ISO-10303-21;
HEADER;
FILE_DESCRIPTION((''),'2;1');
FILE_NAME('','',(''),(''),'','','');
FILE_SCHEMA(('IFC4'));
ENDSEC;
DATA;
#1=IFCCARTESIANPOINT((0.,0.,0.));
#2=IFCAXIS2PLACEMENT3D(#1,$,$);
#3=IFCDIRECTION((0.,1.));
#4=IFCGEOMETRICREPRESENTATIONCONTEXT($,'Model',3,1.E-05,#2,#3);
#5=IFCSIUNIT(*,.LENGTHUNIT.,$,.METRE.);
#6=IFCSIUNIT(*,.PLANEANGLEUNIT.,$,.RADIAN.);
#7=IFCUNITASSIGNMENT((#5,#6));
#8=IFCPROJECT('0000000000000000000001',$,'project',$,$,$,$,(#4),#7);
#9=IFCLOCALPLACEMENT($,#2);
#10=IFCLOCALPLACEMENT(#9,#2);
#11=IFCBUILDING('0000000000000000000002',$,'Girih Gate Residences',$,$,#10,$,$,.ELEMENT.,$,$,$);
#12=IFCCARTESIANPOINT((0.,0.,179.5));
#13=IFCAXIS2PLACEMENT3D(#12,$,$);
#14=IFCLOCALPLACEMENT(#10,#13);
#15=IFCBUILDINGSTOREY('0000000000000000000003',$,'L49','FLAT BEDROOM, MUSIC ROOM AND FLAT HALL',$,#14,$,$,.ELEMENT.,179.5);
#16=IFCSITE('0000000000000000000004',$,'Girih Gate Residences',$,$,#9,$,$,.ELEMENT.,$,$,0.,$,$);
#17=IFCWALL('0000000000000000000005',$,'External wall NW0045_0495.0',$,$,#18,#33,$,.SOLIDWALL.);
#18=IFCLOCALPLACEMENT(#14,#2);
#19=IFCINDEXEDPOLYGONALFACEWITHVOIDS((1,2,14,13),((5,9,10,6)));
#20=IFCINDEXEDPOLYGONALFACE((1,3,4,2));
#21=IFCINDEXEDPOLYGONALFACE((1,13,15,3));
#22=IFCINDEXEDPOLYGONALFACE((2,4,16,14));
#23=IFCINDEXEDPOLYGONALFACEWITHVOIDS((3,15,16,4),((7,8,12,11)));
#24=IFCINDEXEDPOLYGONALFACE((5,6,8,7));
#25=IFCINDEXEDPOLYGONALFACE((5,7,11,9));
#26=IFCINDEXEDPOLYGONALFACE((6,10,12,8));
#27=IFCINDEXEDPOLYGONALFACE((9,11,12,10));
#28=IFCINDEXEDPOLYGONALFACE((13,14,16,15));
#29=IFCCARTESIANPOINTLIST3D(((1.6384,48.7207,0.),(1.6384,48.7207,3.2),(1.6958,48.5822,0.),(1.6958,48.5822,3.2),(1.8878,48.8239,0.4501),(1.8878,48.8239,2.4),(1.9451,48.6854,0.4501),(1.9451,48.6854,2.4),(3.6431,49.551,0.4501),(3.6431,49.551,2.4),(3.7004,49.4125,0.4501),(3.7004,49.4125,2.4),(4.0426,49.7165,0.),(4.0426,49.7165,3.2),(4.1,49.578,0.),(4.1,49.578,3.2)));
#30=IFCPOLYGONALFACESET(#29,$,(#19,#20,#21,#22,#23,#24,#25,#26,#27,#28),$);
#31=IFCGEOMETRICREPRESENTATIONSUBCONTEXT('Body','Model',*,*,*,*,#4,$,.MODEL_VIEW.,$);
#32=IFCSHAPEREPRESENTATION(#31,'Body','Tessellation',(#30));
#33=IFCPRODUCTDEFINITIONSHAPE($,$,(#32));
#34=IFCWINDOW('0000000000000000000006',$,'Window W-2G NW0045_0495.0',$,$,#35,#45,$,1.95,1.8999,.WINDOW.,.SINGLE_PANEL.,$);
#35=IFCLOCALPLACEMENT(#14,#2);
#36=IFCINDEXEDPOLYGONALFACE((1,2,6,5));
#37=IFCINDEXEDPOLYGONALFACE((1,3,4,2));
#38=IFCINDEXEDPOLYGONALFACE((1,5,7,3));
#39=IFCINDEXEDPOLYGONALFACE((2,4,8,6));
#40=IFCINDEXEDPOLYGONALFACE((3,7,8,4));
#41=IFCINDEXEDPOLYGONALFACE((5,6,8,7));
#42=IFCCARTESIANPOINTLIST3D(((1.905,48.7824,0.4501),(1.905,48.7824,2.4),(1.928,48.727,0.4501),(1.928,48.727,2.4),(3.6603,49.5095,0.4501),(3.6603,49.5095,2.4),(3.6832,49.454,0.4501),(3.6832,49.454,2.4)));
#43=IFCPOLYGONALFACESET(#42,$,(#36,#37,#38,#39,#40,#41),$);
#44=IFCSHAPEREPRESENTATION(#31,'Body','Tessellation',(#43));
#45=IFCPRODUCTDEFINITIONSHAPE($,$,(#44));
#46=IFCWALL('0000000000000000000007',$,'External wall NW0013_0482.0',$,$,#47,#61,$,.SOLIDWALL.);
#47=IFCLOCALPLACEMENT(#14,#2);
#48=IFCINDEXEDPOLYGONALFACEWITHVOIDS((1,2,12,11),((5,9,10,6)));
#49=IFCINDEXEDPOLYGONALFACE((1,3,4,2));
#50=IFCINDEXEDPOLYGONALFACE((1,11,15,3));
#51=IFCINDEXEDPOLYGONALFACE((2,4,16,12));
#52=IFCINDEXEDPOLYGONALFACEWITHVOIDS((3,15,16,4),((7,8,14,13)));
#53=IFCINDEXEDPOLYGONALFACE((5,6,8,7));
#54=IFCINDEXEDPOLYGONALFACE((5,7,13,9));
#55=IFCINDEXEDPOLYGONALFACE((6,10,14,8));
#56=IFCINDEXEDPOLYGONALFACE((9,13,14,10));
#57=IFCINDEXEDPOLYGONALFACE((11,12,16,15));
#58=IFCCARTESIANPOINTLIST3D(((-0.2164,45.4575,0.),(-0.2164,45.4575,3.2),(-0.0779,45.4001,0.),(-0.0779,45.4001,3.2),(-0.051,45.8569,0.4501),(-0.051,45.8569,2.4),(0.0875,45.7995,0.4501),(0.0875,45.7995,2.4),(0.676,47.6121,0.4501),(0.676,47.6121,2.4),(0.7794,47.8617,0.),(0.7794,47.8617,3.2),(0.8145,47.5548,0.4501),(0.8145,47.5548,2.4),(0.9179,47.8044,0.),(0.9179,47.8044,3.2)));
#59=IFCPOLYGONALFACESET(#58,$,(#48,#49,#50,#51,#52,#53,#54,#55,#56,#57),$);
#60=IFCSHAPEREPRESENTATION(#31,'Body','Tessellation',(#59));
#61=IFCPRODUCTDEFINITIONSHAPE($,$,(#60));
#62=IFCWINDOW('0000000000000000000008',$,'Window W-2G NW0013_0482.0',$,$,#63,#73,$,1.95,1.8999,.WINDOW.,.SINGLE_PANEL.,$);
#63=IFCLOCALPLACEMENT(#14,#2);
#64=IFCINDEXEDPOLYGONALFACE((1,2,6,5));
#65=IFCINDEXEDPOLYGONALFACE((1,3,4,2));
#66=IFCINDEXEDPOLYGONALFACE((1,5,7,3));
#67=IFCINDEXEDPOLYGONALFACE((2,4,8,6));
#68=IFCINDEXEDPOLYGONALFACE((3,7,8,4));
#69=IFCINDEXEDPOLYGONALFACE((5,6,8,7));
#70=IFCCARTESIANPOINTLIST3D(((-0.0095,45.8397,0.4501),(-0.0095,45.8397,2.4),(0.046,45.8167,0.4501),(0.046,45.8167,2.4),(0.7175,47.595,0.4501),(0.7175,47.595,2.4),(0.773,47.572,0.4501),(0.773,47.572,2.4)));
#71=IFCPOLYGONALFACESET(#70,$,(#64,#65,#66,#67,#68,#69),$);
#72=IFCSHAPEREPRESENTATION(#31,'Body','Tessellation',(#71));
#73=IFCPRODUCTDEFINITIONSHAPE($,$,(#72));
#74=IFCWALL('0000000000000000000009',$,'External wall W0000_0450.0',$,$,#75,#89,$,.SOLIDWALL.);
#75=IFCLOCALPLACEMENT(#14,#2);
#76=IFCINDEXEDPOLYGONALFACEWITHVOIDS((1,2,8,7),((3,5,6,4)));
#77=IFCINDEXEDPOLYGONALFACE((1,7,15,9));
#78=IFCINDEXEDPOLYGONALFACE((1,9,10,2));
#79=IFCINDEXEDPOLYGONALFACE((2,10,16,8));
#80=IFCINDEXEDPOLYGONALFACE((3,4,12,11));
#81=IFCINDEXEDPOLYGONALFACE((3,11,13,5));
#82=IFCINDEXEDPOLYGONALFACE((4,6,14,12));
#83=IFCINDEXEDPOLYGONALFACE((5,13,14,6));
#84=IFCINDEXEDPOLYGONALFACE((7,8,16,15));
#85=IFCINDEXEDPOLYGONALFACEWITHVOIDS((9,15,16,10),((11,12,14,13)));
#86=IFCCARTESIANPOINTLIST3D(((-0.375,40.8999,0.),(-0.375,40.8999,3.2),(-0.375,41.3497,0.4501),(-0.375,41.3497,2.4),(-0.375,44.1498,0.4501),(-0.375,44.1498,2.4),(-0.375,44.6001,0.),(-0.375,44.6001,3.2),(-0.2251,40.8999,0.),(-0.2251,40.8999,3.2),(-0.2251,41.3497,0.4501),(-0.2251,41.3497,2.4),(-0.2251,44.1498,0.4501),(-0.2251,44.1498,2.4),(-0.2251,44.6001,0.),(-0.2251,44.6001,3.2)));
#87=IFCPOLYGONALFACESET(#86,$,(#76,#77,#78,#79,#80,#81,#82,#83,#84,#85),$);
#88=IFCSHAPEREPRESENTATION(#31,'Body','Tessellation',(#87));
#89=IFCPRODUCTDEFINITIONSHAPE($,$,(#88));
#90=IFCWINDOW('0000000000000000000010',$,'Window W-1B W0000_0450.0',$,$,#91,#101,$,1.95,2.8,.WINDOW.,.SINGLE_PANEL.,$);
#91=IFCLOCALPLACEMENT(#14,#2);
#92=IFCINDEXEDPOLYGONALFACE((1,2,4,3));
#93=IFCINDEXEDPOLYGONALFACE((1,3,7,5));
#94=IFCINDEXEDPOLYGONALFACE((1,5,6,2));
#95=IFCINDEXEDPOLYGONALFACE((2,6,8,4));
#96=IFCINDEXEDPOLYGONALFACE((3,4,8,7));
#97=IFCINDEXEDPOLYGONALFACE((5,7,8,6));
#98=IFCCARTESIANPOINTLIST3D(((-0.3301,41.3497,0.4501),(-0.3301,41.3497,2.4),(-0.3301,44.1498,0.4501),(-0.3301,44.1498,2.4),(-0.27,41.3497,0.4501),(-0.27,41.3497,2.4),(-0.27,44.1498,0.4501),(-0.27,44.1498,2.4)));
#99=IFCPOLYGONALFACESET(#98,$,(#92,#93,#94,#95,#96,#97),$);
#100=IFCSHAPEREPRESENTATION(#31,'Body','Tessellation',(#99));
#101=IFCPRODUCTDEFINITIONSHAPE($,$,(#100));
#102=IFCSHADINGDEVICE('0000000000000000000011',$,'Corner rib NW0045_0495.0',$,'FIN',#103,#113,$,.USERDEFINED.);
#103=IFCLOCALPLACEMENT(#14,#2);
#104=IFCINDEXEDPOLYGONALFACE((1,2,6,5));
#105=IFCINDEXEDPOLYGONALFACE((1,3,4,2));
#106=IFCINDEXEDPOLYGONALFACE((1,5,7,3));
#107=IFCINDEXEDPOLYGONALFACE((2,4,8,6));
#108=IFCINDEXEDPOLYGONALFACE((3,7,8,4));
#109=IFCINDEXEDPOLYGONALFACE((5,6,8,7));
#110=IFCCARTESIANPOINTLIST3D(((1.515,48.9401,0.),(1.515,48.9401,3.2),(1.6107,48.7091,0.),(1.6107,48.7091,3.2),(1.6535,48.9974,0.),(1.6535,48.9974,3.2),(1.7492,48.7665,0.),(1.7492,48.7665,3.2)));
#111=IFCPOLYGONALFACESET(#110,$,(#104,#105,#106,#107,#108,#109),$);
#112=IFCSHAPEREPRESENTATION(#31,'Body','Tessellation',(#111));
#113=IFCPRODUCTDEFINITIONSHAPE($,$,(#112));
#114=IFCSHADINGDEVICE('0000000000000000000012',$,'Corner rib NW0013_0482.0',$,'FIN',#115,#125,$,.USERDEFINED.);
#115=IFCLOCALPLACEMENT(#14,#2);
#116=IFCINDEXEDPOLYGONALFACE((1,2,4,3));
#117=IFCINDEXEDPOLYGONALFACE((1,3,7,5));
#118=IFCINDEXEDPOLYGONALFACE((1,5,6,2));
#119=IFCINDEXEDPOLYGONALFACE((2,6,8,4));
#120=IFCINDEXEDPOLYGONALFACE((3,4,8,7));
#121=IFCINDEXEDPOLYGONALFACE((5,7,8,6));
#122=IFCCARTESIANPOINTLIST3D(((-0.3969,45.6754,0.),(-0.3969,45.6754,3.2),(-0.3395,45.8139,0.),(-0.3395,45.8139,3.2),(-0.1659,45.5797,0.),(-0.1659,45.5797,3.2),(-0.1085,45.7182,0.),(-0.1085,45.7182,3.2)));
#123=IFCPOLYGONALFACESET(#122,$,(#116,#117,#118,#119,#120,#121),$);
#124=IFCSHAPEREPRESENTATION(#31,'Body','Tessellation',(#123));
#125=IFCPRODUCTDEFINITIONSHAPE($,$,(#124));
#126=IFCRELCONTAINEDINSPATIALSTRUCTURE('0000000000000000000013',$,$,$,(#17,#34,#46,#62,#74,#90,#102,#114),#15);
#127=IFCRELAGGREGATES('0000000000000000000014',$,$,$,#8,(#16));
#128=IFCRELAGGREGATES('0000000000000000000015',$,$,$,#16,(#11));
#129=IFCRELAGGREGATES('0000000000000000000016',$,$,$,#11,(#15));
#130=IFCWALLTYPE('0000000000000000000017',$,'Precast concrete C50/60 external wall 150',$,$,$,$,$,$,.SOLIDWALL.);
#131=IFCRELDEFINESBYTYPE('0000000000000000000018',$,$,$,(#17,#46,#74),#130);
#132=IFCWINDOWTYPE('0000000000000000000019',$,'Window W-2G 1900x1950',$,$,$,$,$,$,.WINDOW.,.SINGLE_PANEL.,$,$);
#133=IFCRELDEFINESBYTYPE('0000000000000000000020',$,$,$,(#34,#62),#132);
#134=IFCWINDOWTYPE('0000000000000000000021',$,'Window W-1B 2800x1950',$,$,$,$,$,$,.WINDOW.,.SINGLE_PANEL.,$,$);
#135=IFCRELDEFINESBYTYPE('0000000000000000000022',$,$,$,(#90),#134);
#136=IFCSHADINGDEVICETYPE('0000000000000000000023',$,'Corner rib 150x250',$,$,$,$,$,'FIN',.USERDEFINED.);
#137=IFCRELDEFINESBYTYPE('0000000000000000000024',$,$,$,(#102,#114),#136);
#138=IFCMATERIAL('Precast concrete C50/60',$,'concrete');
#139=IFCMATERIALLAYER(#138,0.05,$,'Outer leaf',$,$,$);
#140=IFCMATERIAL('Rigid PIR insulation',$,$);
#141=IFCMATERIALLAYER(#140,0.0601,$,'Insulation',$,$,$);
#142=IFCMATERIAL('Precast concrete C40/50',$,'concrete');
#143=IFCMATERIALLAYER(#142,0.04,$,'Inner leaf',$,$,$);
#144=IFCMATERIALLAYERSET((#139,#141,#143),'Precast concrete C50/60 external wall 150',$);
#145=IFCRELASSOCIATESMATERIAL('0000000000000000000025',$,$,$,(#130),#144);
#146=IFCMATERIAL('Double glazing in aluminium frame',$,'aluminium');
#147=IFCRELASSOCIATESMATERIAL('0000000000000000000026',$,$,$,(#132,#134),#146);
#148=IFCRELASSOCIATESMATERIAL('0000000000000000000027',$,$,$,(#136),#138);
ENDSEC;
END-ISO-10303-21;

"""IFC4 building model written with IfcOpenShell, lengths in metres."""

from ifc_helpers import new_model, si_unit, direction, frame, frame_2d, origin, origin_2d, place, context, subcontext, project, spatial, rectangle, extrude, material, layer, layer_set, type_object, element, fill, save


model = new_model("IFC4")

# Units and contexts
model_context = context("Model", 3, precision=1e-05, world=origin(), true_north=direction((0.0, 1.0)))
body_context = subcontext(model_context, "Body", "Model", "MODEL_VIEW")
ifc_project = project(units=[si_unit("LENGTHUNIT", "METRE"), si_unit("PLANEANGLEUNIT", "RADIAN")], contexts=[model_context])

# Site, building, storey
site_placement = place(None, origin())
site = spatial("IfcSite", under=ifc_project, at=site_placement, Name="Girih Gate Residences", CompositionType="ELEMENT", RefElevation=0.0)
building_placement = place(site_placement, origin())
building = spatial("IfcBuilding", under=site, at=building_placement, Name="Girih Gate Residences", CompositionType="ELEMENT")
storey_placement = place(building_placement, frame((0.0, 0.0, 179.5)))
storey = spatial("IfcBuildingStorey", under=building, at=storey_placement, Name="L49", Description="FLAT BEDROOM, MUSIC ROOM AND FLAT HALL", CompositionType="ELEMENT", Elevation=179.5)

# Walls, openings, windows
ifc_material_1 = material(Name="Precast concrete C50/60", Category="concrete")
ifc_layer_1 = layer(ifc_material_1, 0.05, Name="Outer leaf")
ifc_material_2 = material(Name="Rigid PIR insulation")
ifc_layer_2 = layer(ifc_material_2, 0.0601, Name="Insulation")
ifc_material_3 = material(Name="Precast concrete C40/50", Category="concrete")
ifc_layer_3 = layer(ifc_material_3, 0.04, Name="Inner leaf")
ifc_layer_set_1 = layer_set([ifc_layer_1, ifc_layer_2, ifc_layer_3], Name="Precast concrete C50/60 external wall 150")
wall_type_1 = type_object("IfcWallType", Name="Precast concrete C50/60 external wall 150", PredefinedType="SOLIDWALL", material=ifc_layer_set_1)
wall_1_placement = place(storey_placement, frame((1.667, 48.6514, 0.0), z_axis=(0.0, 0.0, 1.0), x_axis=(0.923885, 0.382669, 0.0)))
wall_1 = element("IfcWall", 1, at=wall_1_placement, inside=storey, type_object=wall_type_1, Name="External wall NW0045_0495.0", PredefinedType="SOLIDWALL", context=body_context, shape_type="SweptSolid", body=[
    extrude(rectangle(XDim=2.6023, YDim=0.1499, at=frame_2d((1.3013, 0.0))), origin(), (0.0, 0.0, 1.0), 3.2),
])
opening_1_placement = place(wall_1_placement, frame((0.27, 0.0, 0.45)))
opening_1 = element("IfcOpeningElement", 2, at=opening_1_placement, cuts=wall_1, PredefinedType="OPENING", context=body_context, shape_type="SweptSolid", body=[
    extrude(rectangle(XDim=1.8999, YDim=1.95, at=frame_2d((0.95, 0.9751))), frame((0.0, 0.085, 0.0), z_axis=(0.0, -1.0, 0.0), x_axis=(1.0, 0.0, 0.0)), (0.0, 0.0, 1.0), 0.1699),
])
ifc_material_4 = material(Name="Double glazing in aluminium frame", Category="aluminium")
window_type_1 = type_object("IfcWindowType", Name="Window W-2G 1900x1950", PartitioningType="SINGLE_PANEL", PredefinedType="WINDOW", material=ifc_material_4)
window_1_placement = place(opening_1_placement, origin())
window_1 = element("IfcWindow", 3, at=window_1_placement, inside=storey, type_object=window_type_1, Name="Window W-2G NW0045_0495.0", OverallHeight=1.95, OverallWidth=1.8999, PartitioningType="SINGLE_PANEL", PredefinedType="WINDOW", context=body_context, shape_type="SweptSolid", body=[
    extrude(rectangle(XDim=1.8999, YDim=1.95, at=frame_2d((0.95, 0.9751))), frame((0.0, 0.03, 0.0), z_axis=(0.0, -1.0, 0.0), x_axis=(1.0, 0.0, 0.0)), (0.0, 0.0, 1.0), 0.0601),
])
fill(opening_1, window_1)
wall_2_placement = place(storey_placement, frame((-0.1472, 45.4287, 0.0), z_axis=(0.0, 0.0, 1.0), x_axis=(0.382669, 0.923885, 0.0)))
wall_2 = element("IfcWall", 4, at=wall_2_placement, inside=storey, type_object=wall_type_1, Name="External wall NW0013_0482.0", PredefinedType="SOLIDWALL", context=body_context, shape_type="SweptSolid", body=[
    extrude(rectangle(XDim=2.6023, YDim=0.1499, at=frame_2d((1.3013, 0.0))), origin(), (0.0, 0.0, 1.0), 3.2),
])
opening_2_placement = place(wall_2_placement, frame((0.4324, 0.0, 0.45)))
opening_2 = element("IfcOpeningElement", 5, at=opening_2_placement, cuts=wall_2, PredefinedType="OPENING", context=body_context, shape_type="SweptSolid", body=[
    extrude(rectangle(XDim=1.8999, YDim=1.95, at=frame_2d((0.95, 0.9751))), frame((0.0, 0.085, 0.0), z_axis=(0.0, -1.0, 0.0), x_axis=(1.0, 0.0, 0.0)), (0.0, 0.0, 1.0), 0.1699),
])
window_2_placement = place(opening_2_placement, origin())
window_2 = element("IfcWindow", 6, at=window_2_placement, inside=storey, type_object=window_type_1, Name="Window W-2G NW0013_0482.0", OverallHeight=1.95, OverallWidth=1.8999, PartitioningType="SINGLE_PANEL", PredefinedType="WINDOW", context=body_context, shape_type="SweptSolid", body=[
    extrude(rectangle(XDim=1.8999, YDim=1.95, at=frame_2d((0.95, 0.9751))), frame((0.0, 0.03, 0.0), z_axis=(0.0, -1.0, 0.0), x_axis=(1.0, 0.0, 0.0)), (0.0, 0.0, 1.0), 0.0601),
])
fill(opening_2, window_2)
wall_3_placement = place(storey_placement, frame((-0.3, 40.8999, 0.0), z_axis=(0.0, 0.0, 1.0), x_axis=(0.0, 1.0, 0.0)))
wall_3 = element("IfcWall", 7, at=wall_3_placement, inside=storey, type_object=wall_type_1, Name="External wall W0000_0450.0", PredefinedType="SOLIDWALL", context=body_context, shape_type="SweptSolid", body=[
    extrude(rectangle(XDim=3.7002, YDim=0.1499, at=frame_2d((1.8501, 0.0))), origin(), (0.0, 0.0, 1.0), 3.2),
])
opening_3_placement = place(wall_3_placement, frame((0.45, 0.0, 0.45)))
opening_3 = element("IfcOpeningElement", 8, at=opening_3_placement, cuts=wall_3, PredefinedType="OPENING", context=body_context, shape_type="SweptSolid", body=[
    extrude(rectangle(XDim=2.8, YDim=1.95, at=frame_2d((1.3999, 0.9751))), frame((0.0, 0.085, 0.0), z_axis=(0.0, -1.0, 0.0), x_axis=(1.0, 0.0, 0.0)), (0.0, 0.0, 1.0), 0.1699),
])
window_type_2 = type_object("IfcWindowType", Name="Window W-1B 2800x1950", PartitioningType="SINGLE_PANEL", PredefinedType="WINDOW", material=ifc_material_4)
window_3_placement = place(opening_3_placement, origin())
window_3 = element("IfcWindow", 9, at=window_3_placement, inside=storey, type_object=window_type_2, Name="Window W-1B W0000_0450.0", OverallHeight=1.95, OverallWidth=2.8, PartitioningType="SINGLE_PANEL", PredefinedType="WINDOW", context=body_context, shape_type="SweptSolid", body=[
    extrude(rectangle(XDim=2.8, YDim=1.95, at=frame_2d((1.3999, 0.9751))), frame((0.0, 0.03, 0.0), z_axis=(0.0, -1.0, 0.0), x_axis=(1.0, 0.0, 0.0)), (0.0, 0.0, 1.0), 0.0601),
])
fill(opening_3, window_3)

# Shading devices
shading_device_type = type_object("IfcShadingDeviceType", Name="Corner rib 150x250", ElementType="FIN", PredefinedType="USERDEFINED", material=ifc_material_1)
for number, where, z_axis, x_axis, name in (
    (10, (1.6321, 48.8533, 0.0), (0.0, 0.0, 1.0), (-0.92388, -0.382683, 0.0), "Corner rib NW0045_0495.0"),
    (11, (-0.2527, 45.6968, 0.0), (0.0, 0.0, 1.0), (-0.382683, -0.92388, 0.0), "Corner rib NW0013_0482.0"),
):
    element("IfcShadingDevice", number, at=place(storey_placement, frame(where, z_axis=z_axis, x_axis=x_axis)), inside=storey, type_object=shading_device_type, Name=name, ObjectType="FIN", PredefinedType="USERDEFINED", context=body_context, shape_type="SweptSolid", body=[
        extrude(rectangle(XDim=0.1499, YDim=0.25, at=origin_2d()), origin(), (0.0, 0.0, 1.0), 3.2),
    ])

save(model, "model.ifc")
